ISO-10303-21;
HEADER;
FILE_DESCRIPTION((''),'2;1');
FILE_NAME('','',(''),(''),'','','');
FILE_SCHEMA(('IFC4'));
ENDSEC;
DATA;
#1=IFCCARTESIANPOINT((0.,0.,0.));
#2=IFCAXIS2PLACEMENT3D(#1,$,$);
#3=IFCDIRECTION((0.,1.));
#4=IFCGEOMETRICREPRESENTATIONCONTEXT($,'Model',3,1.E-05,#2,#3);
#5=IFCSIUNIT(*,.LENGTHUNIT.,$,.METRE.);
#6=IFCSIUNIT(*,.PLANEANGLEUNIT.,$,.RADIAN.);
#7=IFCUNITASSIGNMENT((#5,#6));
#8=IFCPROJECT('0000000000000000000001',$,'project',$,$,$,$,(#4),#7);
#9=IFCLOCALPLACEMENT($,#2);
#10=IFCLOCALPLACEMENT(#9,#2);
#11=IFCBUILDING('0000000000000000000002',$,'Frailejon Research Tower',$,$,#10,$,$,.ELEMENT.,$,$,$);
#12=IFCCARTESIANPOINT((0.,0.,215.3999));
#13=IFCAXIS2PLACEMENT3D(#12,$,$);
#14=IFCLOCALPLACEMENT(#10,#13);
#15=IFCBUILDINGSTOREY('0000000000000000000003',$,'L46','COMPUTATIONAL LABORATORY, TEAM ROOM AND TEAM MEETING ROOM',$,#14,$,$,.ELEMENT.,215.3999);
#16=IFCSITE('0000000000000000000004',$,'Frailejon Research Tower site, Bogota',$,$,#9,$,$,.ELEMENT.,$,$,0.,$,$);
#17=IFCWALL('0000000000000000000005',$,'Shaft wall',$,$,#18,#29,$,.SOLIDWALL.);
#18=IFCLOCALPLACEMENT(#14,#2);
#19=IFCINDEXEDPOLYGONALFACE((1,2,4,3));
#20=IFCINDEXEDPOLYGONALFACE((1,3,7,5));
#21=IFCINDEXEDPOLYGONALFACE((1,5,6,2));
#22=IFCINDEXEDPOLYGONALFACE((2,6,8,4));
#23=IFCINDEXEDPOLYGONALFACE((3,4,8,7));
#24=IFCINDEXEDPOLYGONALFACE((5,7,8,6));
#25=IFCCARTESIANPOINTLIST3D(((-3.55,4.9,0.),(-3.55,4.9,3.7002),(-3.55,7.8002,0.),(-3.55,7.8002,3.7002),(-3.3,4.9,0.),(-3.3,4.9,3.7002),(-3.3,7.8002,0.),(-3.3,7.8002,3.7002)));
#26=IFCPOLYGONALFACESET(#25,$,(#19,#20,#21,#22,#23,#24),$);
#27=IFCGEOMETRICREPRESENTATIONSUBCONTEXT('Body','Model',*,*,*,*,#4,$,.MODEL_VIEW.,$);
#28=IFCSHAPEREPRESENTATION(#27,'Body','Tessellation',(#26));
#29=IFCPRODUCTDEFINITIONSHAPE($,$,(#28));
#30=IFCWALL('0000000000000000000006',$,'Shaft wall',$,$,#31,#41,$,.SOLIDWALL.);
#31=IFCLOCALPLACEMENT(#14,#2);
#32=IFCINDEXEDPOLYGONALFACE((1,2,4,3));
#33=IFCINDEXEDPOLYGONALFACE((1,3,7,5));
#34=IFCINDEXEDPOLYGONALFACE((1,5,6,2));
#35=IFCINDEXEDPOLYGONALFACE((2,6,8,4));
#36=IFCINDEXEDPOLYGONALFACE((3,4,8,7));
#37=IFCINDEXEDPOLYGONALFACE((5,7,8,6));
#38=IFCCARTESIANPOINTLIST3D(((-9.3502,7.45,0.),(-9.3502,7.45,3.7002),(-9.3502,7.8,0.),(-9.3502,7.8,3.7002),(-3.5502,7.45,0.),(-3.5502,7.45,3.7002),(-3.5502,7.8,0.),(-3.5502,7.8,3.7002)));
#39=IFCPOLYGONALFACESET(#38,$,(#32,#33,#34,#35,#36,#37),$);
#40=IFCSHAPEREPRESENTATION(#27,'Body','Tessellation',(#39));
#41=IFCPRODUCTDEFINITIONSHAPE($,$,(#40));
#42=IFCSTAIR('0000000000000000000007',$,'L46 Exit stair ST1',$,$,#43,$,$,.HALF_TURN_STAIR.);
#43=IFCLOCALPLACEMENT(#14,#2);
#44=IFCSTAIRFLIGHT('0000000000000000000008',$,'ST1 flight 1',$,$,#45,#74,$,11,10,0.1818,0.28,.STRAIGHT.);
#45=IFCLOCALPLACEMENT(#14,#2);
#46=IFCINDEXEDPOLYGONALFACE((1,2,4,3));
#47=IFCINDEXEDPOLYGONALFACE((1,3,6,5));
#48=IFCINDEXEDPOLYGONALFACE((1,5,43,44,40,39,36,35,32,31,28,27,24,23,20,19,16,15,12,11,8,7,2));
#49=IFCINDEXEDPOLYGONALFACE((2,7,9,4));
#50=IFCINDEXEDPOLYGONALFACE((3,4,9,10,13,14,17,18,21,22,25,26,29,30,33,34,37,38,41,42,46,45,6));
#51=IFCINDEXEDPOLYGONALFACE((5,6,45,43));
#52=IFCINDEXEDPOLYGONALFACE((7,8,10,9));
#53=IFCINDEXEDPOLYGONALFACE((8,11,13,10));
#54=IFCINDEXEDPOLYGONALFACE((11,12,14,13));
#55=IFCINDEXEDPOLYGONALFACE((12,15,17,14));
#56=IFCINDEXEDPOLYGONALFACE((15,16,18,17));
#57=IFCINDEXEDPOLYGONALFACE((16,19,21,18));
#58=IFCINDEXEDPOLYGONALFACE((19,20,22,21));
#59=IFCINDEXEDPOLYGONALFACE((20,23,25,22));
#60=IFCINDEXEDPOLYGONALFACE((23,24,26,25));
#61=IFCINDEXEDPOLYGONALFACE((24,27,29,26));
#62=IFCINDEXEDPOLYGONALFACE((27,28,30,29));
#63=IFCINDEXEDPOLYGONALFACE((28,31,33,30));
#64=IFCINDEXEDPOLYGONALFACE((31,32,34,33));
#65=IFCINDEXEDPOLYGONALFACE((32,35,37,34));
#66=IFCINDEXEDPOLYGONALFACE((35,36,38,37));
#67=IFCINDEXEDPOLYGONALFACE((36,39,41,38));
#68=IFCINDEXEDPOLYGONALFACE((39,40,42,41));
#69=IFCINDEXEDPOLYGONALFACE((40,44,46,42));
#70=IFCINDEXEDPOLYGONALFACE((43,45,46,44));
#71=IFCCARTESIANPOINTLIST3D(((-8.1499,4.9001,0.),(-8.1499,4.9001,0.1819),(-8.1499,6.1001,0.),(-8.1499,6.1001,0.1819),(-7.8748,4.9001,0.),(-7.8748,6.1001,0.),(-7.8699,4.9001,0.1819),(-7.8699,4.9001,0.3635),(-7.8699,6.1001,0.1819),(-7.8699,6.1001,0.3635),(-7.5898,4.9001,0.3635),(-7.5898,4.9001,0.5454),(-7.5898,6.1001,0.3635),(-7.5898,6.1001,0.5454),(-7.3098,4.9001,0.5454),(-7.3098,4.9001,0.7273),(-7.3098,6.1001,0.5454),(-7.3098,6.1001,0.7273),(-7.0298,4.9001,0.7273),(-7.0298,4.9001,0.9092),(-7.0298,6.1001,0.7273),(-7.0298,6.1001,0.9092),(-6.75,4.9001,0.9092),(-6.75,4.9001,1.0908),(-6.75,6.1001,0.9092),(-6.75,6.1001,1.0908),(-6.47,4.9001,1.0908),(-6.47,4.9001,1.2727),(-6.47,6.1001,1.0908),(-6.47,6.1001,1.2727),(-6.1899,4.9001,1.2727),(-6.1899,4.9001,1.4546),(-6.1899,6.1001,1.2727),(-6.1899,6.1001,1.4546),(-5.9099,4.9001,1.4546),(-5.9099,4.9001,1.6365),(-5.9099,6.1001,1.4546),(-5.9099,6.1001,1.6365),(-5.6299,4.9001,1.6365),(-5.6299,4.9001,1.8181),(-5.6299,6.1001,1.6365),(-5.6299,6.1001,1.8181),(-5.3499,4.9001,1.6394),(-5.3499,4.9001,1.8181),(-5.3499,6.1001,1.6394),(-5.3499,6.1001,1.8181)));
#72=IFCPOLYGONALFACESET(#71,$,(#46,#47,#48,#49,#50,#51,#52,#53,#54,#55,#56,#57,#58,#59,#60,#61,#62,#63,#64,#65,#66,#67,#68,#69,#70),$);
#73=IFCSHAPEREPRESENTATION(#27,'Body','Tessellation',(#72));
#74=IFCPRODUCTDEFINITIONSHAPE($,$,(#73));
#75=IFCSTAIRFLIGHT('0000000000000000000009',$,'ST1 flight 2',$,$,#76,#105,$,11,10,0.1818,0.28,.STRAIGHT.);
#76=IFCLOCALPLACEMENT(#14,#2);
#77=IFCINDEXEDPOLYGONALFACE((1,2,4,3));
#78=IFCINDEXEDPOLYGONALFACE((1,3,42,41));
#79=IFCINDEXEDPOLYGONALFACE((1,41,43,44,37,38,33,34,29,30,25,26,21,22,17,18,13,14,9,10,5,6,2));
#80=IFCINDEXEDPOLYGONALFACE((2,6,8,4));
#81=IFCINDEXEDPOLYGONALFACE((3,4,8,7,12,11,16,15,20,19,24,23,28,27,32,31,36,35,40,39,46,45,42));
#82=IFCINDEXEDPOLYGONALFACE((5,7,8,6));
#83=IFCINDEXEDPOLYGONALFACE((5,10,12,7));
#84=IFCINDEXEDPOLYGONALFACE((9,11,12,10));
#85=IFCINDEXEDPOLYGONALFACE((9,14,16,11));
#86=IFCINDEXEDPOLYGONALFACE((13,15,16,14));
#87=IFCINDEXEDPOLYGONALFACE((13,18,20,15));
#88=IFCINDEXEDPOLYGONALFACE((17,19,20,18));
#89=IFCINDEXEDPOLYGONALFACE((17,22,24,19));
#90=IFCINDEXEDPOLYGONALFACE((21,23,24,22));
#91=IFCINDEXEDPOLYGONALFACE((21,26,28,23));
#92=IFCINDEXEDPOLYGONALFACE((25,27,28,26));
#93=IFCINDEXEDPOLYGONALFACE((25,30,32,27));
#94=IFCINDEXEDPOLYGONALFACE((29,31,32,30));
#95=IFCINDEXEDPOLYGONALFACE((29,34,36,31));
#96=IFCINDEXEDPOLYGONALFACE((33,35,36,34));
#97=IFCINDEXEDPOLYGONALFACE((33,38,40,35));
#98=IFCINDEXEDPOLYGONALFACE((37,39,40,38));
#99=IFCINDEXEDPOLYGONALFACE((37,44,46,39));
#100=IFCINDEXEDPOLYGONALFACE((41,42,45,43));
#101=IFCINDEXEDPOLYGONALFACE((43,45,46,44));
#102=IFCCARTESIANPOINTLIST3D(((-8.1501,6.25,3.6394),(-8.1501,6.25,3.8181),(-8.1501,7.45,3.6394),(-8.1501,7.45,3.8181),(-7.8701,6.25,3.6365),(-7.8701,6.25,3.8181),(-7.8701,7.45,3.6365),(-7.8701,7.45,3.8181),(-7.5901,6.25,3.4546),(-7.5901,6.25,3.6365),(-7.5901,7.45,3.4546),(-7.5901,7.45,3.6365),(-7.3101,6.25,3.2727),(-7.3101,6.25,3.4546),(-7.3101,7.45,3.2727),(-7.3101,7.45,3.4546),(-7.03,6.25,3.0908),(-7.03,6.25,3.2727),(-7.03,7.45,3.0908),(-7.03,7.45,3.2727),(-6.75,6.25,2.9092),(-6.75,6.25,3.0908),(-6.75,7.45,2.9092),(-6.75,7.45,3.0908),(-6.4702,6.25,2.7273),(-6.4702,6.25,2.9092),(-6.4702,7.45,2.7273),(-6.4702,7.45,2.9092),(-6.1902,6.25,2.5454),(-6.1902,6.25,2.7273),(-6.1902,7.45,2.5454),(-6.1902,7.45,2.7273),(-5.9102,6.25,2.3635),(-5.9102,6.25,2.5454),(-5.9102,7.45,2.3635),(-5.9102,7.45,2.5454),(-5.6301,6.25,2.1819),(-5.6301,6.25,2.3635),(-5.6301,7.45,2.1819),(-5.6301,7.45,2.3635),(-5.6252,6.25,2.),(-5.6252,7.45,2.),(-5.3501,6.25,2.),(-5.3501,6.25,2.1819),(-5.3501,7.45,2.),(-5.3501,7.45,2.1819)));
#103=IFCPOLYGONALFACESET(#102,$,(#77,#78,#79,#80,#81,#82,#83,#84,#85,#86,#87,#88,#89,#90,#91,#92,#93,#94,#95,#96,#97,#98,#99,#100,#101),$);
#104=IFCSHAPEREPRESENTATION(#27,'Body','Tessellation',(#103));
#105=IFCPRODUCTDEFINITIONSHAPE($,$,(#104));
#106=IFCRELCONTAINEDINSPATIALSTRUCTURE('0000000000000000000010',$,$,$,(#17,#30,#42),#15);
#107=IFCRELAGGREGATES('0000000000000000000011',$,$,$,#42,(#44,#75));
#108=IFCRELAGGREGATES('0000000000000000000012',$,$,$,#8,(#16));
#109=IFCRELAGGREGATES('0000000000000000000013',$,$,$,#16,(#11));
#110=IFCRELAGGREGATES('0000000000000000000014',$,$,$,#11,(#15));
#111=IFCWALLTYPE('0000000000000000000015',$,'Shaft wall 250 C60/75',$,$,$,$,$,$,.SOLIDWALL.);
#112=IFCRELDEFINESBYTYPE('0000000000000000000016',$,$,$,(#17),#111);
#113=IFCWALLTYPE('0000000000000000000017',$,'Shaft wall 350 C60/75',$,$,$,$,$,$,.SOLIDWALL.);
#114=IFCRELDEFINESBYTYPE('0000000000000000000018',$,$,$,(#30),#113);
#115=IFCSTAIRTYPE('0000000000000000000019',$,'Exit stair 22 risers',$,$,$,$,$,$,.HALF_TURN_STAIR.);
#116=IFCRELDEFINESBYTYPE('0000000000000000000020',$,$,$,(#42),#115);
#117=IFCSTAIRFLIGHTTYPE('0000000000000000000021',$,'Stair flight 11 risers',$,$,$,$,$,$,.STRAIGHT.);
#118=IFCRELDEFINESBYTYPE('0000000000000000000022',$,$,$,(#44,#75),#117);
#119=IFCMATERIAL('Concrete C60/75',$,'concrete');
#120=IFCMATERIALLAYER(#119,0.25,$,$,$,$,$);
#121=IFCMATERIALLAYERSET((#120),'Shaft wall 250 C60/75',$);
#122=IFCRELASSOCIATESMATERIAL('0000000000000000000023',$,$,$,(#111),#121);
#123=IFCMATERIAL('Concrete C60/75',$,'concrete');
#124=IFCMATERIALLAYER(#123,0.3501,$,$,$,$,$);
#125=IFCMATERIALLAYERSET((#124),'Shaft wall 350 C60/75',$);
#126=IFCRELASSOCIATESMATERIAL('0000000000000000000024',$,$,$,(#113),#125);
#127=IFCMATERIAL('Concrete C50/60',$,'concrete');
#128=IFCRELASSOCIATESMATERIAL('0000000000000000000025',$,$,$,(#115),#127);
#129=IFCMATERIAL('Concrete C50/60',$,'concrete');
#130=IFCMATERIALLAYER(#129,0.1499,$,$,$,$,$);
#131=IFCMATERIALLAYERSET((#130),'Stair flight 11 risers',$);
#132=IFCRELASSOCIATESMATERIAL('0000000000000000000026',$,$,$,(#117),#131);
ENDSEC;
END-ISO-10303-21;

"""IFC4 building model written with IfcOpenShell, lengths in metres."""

from ifc_helpers import new_model, si_unit, direction, frame, frame_2d, origin, place, context, subcontext, project, spatial, polyline, rectangle, outline, extrude, material, layer, layer_set, type_object, element, aggregate, save


model = new_model("IFC4")

# Units and contexts
model_context = context("Model", 3, precision=1e-05, world=origin(), true_north=direction((0.0, 1.0)))
body_context = subcontext(model_context, "Body", "Model", "MODEL_VIEW")
ifc_project = project(units=[si_unit("LENGTHUNIT", "METRE"), si_unit("PLANEANGLEUNIT", "RADIAN")], contexts=[model_context])

# Site, building, storey
site_placement = place(None, origin())
site = spatial("IfcSite", under=ifc_project, at=site_placement, Name="Frailejon Research Tower site, Bogota", CompositionType="ELEMENT", RefElevation=0.0)
building_placement = place(site_placement, origin())
building = spatial("IfcBuilding", under=site, at=building_placement, Name="Frailejon Research Tower", CompositionType="ELEMENT")
storey_placement = place(building_placement, frame((0.0, 0.0, 215.3999)))
storey = spatial("IfcBuildingStorey", under=building, at=storey_placement, Name="L46", Description="COMPUTATIONAL LABORATORY, TEAM ROOM AND TEAM MEETING ROOM", CompositionType="ELEMENT", Elevation=215.3999)

# Shared definitions
ifc_material_1 = material(Name="Concrete C60/75", Category="concrete")
ifc_layer_1 = layer(ifc_material_1, 0.25)
ifc_layer_set_1 = layer_set([ifc_layer_1], Name="Shaft wall 250 C60/75")
wall_type_1 = type_object("IfcWallType", Name="Shaft wall 250 C60/75", PredefinedType="SOLIDWALL", material=ifc_layer_set_1)

# Walls
wall_1_placement = place(storey_placement, frame((-3.425, 4.8999, 0.0), z_axis=(0.0, 0.0, 1.0), x_axis=(0.0, 1.0, 0.0)))
element("IfcWall", 1, at=wall_1_placement, inside=storey, type_object=wall_type_1, Name="Shaft wall", PredefinedType="SOLIDWALL", context=body_context, shape_type="SweptSolid", body=[
    extrude(rectangle(XDim=2.9001, YDim=0.25, at=frame_2d((1.4502, 0.0))), origin(), (0.0, 0.0, 1.0), 3.7002),
])
ifc_material_2 = material(Name="Concrete C60/75", Category="concrete")
ifc_layer_2 = layer(ifc_material_2, 0.3501)
ifc_layer_set_2 = layer_set([ifc_layer_2], Name="Shaft wall 350 C60/75")
wall_type_2 = type_object("IfcWallType", Name="Shaft wall 350 C60/75", PredefinedType="SOLIDWALL", material=ifc_layer_set_2)
wall_2_placement = place(storey_placement, frame((-9.3501, 7.625, 0.0), z_axis=(0.0, 0.0, 1.0), x_axis=(1.0, 0.0, 0.0)))
element("IfcWall", 2, at=wall_2_placement, inside=storey, type_object=wall_type_2, Name="Shaft wall", PredefinedType="SOLIDWALL", context=body_context, shape_type="SweptSolid", body=[
    extrude(rectangle(XDim=5.8, YDim=0.3501, at=frame_2d((2.8999, 0.0))), origin(), (0.0, 0.0, 1.0), 3.7002),
])

# Stair, stair flights
ifc_material_3 = material(Name="Concrete C50/60", Category="concrete")
stair_type = type_object("IfcStairType", Name="Exit stair 22 risers", PredefinedType="HALF_TURN_STAIR", material=ifc_material_3)
stair_placement = place(storey_placement, origin())
stair = element("IfcStair", 3, at=stair_placement, inside=storey, type_object=stair_type, Name="L46 Exit stair ST1", PredefinedType="HALF_TURN_STAIR")
ifc_material_4 = material(Name="Concrete C50/60", Category="concrete")
ifc_layer_3 = layer(ifc_material_4, 0.1499)
ifc_layer_set_3 = layer_set([ifc_layer_3], Name="Stair flight 11 risers")
stair_flight_type = type_object("IfcStairFlightType", Name="Stair flight 11 risers", PredefinedType="STRAIGHT", material=ifc_layer_set_3)
stair_flight_1_placement = place(storey_placement, frame((-8.1499, 5.5, 0.0), z_axis=(0.0, 0.0, 1.0), x_axis=(1.0, 0.0, 0.0)))
stair_flight_1 = element("IfcStairFlight", 4, at=stair_flight_1_placement, type_object=stair_flight_type, Name="ST1 flight 1", NumberOfRisers=11, NumberOfTreads=10, PredefinedType="STRAIGHT", RiserHeight=0.1818, TreadLength=0.28, context=body_context, shape_type="SweptSolid", body=[
    extrude(outline(polyline([(0.0, 0.0), (0.0, 0.1819), (0.28, 0.1819), (0.28, 0.3635), (0.5601, 0.3635), (0.5601, 0.5454), (0.8401, 0.5454), (0.8401, 0.7273), (1.1201, 0.7273), (1.1201, 0.9092), (1.3999, 0.9092), (1.3999, 1.0908), (1.6799, 1.0908), (1.6799, 1.2727), (1.96, 1.2727), (1.96, 1.4546), (2.24, 1.4546), (2.24, 1.6365), (2.52, 1.6365), (2.52, 1.8181), (2.8, 1.8181), (2.8, 2.0), (2.8, 1.6394), (0.2751, 0.0), (0.0, 0.0)])), frame((0.0, 0.6001, 0.0), z_axis=(0.0, -1.0, 0.0), x_axis=(1.0, 0.0, 0.0)), (0.0, 0.0, 1.0), 1.2),
])
stair_flight_2_placement = place(storey_placement, frame((-5.3501, 6.8501, 2.0), z_axis=(0.0, 0.0, 1.0), x_axis=(-1.0, 0.0, 0.0)))
stair_flight_2 = element("IfcStairFlight", 5, at=stair_flight_2_placement, type_object=stair_flight_type, Name="ST1 flight 2", NumberOfRisers=11, NumberOfTreads=10, PredefinedType="STRAIGHT", RiserHeight=0.1818, TreadLength=0.28, context=body_context, shape_type="SweptSolid", body=[
    extrude(outline(polyline([(0.0, 0.0), (0.0, 0.1819), (0.28, 0.1819), (0.28, 0.3635), (0.5601, 0.3635), (0.5601, 0.5454), (0.8401, 0.5454), (0.8401, 0.7273), (1.1201, 0.7273), (1.1201, 0.9092), (1.3999, 0.9092), (1.3999, 1.0908), (1.6799, 1.0908), (1.6799, 1.2727), (1.96, 1.2727), (1.96, 1.4546), (2.24, 1.4546), (2.24, 1.6365), (2.52, 1.6365), (2.52, 1.8181), (2.8, 1.8181), (2.8, 2.0), (2.8, 1.6394), (0.2751, 0.0), (0.0, 0.0)])), frame((0.0, 0.6001, 0.0), z_axis=(0.0, -1.0, 0.0), x_axis=(1.0, 0.0, 0.0)), (0.0, 0.0, 1.0), 1.2),
])
aggregate(stair, [stair_flight_1, stair_flight_2])

save(model, "model.ifc")
